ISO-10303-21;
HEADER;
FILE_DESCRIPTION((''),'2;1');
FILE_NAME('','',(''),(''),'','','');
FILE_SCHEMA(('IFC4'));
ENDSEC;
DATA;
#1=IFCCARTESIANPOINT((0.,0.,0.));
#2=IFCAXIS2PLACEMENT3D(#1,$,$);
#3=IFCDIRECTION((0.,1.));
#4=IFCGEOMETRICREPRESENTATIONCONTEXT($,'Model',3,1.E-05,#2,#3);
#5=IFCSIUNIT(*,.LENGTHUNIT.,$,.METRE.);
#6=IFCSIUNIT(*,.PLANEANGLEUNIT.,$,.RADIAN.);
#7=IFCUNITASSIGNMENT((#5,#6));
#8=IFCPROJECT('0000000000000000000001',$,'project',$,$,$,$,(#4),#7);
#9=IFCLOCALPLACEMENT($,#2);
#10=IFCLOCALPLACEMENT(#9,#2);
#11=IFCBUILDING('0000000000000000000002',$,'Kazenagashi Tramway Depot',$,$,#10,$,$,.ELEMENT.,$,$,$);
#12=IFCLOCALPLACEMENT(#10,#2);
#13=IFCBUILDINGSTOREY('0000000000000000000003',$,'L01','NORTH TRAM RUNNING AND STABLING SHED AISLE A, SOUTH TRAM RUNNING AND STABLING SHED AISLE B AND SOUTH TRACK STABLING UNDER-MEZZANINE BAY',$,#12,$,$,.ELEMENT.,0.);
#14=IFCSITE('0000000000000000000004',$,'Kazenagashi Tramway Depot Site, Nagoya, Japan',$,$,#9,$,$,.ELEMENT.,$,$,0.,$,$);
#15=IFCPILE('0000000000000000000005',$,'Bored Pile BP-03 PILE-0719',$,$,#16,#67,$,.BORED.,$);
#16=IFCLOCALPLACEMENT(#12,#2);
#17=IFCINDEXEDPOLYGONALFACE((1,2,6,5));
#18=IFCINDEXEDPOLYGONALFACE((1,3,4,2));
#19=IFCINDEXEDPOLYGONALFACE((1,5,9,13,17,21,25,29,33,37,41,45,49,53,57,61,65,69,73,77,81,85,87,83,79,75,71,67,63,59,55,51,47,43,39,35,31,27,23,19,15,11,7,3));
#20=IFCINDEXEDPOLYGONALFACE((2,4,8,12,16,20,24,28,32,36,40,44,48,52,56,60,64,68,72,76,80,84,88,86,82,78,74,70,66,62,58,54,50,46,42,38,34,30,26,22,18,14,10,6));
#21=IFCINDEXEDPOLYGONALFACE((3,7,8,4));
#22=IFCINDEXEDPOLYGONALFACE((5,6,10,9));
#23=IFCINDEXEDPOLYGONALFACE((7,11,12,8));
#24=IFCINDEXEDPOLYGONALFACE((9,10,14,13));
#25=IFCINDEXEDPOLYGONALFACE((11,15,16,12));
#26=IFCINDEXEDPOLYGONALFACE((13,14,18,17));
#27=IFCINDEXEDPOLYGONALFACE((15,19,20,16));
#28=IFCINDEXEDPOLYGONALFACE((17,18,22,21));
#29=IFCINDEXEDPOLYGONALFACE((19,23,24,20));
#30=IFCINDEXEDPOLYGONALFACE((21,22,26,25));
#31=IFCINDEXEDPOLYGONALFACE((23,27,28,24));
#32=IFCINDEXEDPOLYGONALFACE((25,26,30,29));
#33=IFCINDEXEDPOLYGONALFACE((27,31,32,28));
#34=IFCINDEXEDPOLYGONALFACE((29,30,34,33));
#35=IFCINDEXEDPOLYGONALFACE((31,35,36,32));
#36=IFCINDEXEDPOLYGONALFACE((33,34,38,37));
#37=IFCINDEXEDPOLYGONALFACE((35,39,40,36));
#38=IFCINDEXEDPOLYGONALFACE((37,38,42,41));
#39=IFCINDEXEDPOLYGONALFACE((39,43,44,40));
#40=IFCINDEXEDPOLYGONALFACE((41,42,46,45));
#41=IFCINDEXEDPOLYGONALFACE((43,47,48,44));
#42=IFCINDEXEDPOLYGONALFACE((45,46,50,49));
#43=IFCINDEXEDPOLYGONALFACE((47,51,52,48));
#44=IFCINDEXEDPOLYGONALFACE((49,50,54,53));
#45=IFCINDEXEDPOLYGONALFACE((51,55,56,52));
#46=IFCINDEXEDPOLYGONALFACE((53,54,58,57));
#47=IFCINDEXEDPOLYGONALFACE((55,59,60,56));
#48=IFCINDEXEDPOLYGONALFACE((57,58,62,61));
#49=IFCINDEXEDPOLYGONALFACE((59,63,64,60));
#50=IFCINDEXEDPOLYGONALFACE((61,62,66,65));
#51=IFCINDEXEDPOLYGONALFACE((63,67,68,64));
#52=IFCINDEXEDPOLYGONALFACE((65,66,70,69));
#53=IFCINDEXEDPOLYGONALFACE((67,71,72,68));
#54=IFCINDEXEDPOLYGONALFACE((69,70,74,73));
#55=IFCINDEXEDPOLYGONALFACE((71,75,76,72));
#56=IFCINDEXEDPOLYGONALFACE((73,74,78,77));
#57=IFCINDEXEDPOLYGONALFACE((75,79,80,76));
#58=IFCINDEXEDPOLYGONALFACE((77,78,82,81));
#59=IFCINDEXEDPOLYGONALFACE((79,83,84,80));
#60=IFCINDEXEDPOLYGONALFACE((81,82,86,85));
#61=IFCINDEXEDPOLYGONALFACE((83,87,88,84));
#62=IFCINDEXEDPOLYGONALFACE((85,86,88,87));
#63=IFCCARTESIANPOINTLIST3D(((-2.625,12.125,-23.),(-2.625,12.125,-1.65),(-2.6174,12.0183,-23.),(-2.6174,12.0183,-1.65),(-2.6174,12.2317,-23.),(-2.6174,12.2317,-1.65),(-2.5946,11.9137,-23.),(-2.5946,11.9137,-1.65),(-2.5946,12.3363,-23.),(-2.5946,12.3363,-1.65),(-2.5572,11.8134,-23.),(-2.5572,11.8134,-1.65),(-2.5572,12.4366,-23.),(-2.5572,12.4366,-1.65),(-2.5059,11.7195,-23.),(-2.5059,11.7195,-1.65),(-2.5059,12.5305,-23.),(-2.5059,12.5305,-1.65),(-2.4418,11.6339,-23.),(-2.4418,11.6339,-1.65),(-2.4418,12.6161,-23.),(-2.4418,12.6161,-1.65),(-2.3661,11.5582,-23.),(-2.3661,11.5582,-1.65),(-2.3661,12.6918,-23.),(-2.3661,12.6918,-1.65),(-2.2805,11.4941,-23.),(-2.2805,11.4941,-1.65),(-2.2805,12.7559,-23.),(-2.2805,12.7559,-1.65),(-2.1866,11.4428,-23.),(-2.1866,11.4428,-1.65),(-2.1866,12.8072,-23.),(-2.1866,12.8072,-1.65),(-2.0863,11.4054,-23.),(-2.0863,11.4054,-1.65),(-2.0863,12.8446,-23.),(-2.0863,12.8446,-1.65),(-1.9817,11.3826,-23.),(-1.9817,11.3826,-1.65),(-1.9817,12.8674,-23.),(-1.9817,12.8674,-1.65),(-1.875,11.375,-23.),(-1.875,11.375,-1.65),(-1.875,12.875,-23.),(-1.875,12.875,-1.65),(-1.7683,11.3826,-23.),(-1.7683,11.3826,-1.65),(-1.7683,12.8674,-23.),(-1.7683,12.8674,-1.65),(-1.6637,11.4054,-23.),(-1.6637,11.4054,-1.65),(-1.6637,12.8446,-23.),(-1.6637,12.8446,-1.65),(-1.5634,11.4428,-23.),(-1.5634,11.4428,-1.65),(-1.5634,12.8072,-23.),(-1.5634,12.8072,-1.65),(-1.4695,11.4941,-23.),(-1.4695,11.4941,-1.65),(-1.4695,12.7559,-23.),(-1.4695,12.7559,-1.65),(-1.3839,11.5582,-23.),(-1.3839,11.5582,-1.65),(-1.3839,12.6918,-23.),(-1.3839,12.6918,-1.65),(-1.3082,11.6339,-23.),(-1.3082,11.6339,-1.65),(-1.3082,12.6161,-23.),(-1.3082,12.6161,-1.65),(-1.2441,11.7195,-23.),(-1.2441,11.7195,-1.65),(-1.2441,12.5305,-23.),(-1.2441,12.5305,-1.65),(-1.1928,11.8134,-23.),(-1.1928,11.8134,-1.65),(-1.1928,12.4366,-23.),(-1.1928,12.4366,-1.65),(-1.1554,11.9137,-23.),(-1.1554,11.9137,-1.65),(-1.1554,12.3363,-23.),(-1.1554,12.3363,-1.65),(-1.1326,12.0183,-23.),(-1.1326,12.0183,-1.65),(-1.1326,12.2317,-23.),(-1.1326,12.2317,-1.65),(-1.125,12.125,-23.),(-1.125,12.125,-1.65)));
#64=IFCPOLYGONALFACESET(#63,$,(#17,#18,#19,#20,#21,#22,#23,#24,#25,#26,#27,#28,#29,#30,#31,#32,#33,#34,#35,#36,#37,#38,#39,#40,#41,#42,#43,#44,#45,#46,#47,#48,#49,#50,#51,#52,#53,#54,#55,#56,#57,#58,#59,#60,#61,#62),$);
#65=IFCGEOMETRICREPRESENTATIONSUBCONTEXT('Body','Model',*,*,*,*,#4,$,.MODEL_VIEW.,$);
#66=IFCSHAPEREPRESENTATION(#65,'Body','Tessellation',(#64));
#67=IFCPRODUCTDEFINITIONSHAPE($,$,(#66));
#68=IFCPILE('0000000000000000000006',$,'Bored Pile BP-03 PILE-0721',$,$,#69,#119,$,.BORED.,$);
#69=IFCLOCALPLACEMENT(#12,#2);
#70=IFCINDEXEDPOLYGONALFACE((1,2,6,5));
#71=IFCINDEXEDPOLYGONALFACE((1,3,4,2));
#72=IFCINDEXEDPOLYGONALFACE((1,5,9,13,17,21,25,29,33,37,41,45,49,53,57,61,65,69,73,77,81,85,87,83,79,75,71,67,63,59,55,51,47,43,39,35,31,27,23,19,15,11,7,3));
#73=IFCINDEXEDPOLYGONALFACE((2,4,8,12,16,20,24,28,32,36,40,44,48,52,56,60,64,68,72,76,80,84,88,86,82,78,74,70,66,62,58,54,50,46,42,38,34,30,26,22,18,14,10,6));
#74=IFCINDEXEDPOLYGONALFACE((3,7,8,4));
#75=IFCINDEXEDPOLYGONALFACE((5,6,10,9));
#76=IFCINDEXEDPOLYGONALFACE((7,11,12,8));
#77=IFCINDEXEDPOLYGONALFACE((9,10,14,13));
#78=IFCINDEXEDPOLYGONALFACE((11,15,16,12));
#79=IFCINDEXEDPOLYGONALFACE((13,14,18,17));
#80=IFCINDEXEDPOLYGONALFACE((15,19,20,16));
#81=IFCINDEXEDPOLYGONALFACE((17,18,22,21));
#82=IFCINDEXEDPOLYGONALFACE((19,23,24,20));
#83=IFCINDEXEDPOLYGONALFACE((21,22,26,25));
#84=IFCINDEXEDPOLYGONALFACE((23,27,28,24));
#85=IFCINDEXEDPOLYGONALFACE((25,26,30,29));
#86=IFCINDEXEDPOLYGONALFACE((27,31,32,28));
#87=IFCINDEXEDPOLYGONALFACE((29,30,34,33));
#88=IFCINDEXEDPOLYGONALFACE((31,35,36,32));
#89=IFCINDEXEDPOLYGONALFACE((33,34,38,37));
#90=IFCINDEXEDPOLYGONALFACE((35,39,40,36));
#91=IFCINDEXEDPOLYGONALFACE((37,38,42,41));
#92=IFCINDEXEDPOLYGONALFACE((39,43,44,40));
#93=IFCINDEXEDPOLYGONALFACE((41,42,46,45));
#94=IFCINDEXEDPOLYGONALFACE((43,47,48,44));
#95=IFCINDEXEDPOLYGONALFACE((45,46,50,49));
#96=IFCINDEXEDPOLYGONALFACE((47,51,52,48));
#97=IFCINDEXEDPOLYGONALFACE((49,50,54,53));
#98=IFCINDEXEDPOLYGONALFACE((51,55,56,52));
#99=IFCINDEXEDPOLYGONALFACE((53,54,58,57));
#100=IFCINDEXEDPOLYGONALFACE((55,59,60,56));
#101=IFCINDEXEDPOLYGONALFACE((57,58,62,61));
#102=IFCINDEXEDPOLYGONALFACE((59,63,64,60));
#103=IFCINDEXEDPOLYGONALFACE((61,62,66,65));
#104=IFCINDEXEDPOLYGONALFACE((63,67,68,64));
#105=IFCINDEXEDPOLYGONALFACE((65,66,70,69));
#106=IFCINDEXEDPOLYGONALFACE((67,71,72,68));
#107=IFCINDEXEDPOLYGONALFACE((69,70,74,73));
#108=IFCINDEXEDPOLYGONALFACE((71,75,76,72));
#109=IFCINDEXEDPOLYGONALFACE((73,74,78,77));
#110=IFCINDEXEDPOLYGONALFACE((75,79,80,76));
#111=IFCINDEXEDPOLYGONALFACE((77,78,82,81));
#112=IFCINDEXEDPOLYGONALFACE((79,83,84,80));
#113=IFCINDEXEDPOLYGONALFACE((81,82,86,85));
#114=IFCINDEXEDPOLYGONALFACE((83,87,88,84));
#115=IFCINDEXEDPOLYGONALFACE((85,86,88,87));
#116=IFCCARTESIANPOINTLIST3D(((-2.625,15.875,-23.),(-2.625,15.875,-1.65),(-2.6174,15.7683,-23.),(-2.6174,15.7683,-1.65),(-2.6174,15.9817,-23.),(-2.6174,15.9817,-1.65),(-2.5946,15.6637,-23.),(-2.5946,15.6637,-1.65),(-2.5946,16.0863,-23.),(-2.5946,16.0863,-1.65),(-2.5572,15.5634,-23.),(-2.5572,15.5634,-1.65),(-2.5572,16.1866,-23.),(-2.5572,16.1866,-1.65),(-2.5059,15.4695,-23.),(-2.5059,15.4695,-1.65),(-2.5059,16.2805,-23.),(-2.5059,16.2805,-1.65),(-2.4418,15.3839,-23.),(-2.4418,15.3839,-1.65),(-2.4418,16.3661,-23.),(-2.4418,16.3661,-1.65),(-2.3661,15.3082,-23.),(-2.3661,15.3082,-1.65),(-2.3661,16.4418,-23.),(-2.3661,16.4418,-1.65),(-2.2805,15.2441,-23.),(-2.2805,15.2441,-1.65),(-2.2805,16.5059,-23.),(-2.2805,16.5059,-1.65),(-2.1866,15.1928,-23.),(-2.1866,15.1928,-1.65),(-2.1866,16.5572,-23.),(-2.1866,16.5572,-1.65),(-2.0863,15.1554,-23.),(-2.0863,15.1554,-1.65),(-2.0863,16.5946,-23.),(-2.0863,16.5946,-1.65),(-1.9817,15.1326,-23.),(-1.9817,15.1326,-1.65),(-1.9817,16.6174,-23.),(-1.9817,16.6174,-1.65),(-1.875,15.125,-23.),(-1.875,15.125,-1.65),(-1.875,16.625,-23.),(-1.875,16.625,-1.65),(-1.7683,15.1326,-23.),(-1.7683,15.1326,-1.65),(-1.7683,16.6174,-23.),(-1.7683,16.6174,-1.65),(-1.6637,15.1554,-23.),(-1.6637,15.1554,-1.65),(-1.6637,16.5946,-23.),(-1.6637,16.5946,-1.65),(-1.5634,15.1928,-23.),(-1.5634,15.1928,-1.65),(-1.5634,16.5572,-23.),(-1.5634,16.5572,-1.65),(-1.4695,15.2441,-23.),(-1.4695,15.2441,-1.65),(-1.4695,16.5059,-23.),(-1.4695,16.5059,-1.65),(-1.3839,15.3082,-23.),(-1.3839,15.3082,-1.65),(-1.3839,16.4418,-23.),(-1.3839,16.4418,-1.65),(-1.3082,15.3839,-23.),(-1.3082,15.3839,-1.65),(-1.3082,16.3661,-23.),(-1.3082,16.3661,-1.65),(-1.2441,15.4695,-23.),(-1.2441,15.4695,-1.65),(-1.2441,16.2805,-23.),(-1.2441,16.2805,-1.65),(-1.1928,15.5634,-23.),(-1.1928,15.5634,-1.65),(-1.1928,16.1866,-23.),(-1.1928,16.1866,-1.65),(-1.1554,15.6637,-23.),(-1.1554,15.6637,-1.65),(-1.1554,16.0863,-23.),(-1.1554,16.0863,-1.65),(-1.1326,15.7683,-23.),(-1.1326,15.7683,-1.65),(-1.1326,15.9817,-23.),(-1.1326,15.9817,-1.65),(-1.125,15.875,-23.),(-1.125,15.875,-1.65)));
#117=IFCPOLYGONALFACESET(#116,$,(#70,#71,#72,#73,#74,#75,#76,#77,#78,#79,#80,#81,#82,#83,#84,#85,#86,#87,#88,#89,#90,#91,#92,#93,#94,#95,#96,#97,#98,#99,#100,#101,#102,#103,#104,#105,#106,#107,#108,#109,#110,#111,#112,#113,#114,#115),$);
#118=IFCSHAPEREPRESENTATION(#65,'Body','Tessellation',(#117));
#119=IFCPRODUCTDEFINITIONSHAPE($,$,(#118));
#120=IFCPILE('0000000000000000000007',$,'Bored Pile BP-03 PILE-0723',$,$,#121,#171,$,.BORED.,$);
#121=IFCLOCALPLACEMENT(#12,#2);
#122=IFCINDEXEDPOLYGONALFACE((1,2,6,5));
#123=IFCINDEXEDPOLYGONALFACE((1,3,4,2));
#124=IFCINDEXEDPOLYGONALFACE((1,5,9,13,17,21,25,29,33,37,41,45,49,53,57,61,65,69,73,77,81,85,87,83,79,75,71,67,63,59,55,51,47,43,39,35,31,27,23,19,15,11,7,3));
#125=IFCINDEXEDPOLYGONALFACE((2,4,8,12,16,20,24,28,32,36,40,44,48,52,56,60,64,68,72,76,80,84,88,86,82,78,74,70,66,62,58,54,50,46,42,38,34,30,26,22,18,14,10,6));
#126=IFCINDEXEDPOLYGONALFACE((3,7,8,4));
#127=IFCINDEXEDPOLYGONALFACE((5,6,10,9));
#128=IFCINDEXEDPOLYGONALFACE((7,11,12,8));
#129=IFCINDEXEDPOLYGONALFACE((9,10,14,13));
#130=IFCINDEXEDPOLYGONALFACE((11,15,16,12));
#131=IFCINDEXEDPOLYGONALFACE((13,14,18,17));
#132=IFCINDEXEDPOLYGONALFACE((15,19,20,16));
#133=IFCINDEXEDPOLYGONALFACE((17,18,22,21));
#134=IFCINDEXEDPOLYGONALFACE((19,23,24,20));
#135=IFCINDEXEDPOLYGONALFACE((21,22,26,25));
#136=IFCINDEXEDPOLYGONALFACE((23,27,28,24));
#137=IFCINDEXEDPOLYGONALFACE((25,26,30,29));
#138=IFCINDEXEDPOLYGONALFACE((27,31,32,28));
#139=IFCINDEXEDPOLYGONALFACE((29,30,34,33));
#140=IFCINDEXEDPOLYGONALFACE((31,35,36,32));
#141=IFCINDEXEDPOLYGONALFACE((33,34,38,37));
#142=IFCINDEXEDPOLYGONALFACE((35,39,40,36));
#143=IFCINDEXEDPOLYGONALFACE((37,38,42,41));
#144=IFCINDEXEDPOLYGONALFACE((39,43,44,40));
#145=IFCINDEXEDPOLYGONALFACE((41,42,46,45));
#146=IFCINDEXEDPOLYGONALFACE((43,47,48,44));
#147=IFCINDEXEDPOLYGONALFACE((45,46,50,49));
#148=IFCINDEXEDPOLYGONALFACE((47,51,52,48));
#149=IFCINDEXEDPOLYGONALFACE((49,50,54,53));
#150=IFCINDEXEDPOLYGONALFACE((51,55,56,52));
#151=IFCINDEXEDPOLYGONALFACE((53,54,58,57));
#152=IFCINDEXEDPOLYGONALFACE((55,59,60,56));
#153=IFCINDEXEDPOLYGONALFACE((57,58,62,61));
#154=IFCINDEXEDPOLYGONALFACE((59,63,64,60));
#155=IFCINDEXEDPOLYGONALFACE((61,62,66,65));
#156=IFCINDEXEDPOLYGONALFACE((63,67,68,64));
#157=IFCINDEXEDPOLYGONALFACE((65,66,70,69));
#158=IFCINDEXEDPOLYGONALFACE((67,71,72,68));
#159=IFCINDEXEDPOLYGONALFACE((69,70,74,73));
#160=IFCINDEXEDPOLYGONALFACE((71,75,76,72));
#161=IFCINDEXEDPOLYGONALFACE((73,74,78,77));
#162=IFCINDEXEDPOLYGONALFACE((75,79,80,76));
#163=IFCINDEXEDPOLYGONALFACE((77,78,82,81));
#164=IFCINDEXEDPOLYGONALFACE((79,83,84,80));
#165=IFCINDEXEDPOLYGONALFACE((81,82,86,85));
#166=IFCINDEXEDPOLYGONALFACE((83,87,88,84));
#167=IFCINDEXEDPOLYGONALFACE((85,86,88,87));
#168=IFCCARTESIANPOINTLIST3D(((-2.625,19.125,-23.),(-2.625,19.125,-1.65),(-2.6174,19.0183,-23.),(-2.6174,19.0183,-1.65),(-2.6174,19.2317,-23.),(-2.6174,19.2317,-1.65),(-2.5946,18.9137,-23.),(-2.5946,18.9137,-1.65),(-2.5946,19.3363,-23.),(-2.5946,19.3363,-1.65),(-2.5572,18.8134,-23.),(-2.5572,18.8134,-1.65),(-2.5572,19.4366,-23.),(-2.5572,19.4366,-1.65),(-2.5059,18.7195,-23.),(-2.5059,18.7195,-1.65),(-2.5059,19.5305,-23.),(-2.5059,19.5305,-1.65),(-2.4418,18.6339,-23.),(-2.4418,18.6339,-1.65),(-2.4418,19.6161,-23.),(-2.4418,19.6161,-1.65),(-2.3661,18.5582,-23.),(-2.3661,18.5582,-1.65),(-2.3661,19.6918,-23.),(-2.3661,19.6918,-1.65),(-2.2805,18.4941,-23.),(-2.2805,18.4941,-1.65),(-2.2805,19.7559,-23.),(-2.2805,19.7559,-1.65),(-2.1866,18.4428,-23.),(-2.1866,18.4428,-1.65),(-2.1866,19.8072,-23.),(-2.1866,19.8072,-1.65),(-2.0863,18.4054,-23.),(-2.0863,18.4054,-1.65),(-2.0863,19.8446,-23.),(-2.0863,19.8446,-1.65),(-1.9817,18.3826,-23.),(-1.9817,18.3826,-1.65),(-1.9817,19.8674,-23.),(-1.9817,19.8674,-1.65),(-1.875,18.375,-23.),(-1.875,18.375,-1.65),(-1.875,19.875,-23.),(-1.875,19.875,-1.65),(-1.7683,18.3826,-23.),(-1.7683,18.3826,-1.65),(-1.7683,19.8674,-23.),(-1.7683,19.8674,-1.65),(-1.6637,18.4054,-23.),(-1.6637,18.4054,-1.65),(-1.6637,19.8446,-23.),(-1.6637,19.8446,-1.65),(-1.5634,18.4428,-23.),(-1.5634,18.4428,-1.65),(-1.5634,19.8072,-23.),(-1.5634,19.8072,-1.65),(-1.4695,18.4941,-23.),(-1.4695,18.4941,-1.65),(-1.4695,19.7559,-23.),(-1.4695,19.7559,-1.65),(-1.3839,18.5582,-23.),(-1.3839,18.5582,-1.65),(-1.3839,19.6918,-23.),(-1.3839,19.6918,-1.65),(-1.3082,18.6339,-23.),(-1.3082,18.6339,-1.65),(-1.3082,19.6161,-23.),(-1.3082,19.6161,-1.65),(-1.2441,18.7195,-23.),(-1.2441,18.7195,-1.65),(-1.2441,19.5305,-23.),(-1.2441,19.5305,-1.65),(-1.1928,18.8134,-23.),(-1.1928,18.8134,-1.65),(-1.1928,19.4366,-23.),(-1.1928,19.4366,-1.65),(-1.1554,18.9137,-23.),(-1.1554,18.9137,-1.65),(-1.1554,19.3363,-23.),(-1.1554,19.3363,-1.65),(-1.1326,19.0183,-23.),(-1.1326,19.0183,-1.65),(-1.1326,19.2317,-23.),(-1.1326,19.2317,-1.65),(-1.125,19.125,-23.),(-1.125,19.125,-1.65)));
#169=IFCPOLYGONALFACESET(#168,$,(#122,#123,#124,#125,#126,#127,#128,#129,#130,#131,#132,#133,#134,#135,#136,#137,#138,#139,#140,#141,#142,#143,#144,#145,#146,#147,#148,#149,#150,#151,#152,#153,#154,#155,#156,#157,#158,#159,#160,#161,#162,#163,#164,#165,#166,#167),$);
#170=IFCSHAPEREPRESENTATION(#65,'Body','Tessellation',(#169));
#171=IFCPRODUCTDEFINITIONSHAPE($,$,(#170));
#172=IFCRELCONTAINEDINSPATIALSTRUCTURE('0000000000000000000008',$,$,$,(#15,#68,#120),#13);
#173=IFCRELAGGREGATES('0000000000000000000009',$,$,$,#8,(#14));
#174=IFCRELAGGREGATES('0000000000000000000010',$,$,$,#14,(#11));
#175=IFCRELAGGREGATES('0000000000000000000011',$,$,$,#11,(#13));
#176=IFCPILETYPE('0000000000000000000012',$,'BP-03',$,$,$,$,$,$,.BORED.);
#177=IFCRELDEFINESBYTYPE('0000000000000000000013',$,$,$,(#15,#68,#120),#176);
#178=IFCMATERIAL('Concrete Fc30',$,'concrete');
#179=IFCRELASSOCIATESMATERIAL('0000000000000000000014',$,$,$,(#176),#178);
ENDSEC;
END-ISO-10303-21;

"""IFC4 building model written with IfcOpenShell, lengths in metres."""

from ifc_helpers import new_model, si_unit, direction, frame, origin, origin_2d, place, context, subcontext, project, spatial, circle, extrude, material, material_profile, profile_set, type_object, element, save


model = new_model("IFC4")

# Units and contexts
model_context = context("Model", 3, precision=1e-05, world=origin(), true_north=direction((0.0, 1.0)))
body_context = subcontext(model_context, "Body", "Model", "MODEL_VIEW")
ifc_project = project(units=[si_unit("LENGTHUNIT", "METRE"), si_unit("PLANEANGLEUNIT", "RADIAN")], contexts=[model_context])

# Site, building, storey
site_placement = place(None, origin())
site = spatial("IfcSite", under=ifc_project, at=site_placement, Name="Kazenagashi Tramway Depot Site, Nagoya, Japan", CompositionType="ELEMENT", RefElevation=0.0)
building_placement = place(site_placement, origin())
building = spatial("IfcBuilding", under=site, at=building_placement, Name="Kazenagashi Tramway Depot", CompositionType="ELEMENT")
storey_placement = place(building_placement, origin())
storey = spatial("IfcBuildingStorey", under=building, at=storey_placement, Name="L01", Description="NORTH TRAM RUNNING AND STABLING SHED AISLE A, SOUTH TRAM RUNNING AND STABLING SHED AISLE B AND SOUTH TRACK STABLING UNDER-MEZZANINE BAY", CompositionType="ELEMENT", Elevation=0.0)

# Piles
ifc_material_1 = material(Name="Concrete Fc30", Category="concrete")
ifc_material_profile = material_profile(ifc_material_1, circle(Radius=0.75, at=origin_2d()), Name="PILE-1500")
ifc_profile_set = profile_set([ifc_material_profile], Name="Concrete Fc30")
pile_type = type_object("IfcPileType", Name="BP-03", PredefinedType="BORED", material=ifc_profile_set)
for number, where, z_axis, x_axis, name in (
    (1, (-1.875, 12.125, -1.65), (0.0, 0.0, -1.0), (1.0, 0.0, 0.0), "Bored Pile BP-03 PILE-0719"),
    (2, (-1.875, 15.875, -1.65), (0.0, 0.0, -1.0), (1.0, 0.0, 0.0), "Bored Pile BP-03 PILE-0721"),
    (3, (-1.875, 19.125, -1.65), (0.0, 0.0, -1.0), (1.0, 0.0, 0.0), "Bored Pile BP-03 PILE-0723"),
):
    element("IfcPile", number, at=place(storey_placement, frame(where, z_axis=z_axis, x_axis=x_axis)), inside=storey, type_object=pile_type, Name=name, PredefinedType="BORED", context=body_context, shape_type="SweptSolid", body=[
        extrude(circle(Radius=0.75, at=origin_2d()), origin(), (0.0, 0.0, 1.0), 21.35),
    ])

save(model, "model.ifc")
